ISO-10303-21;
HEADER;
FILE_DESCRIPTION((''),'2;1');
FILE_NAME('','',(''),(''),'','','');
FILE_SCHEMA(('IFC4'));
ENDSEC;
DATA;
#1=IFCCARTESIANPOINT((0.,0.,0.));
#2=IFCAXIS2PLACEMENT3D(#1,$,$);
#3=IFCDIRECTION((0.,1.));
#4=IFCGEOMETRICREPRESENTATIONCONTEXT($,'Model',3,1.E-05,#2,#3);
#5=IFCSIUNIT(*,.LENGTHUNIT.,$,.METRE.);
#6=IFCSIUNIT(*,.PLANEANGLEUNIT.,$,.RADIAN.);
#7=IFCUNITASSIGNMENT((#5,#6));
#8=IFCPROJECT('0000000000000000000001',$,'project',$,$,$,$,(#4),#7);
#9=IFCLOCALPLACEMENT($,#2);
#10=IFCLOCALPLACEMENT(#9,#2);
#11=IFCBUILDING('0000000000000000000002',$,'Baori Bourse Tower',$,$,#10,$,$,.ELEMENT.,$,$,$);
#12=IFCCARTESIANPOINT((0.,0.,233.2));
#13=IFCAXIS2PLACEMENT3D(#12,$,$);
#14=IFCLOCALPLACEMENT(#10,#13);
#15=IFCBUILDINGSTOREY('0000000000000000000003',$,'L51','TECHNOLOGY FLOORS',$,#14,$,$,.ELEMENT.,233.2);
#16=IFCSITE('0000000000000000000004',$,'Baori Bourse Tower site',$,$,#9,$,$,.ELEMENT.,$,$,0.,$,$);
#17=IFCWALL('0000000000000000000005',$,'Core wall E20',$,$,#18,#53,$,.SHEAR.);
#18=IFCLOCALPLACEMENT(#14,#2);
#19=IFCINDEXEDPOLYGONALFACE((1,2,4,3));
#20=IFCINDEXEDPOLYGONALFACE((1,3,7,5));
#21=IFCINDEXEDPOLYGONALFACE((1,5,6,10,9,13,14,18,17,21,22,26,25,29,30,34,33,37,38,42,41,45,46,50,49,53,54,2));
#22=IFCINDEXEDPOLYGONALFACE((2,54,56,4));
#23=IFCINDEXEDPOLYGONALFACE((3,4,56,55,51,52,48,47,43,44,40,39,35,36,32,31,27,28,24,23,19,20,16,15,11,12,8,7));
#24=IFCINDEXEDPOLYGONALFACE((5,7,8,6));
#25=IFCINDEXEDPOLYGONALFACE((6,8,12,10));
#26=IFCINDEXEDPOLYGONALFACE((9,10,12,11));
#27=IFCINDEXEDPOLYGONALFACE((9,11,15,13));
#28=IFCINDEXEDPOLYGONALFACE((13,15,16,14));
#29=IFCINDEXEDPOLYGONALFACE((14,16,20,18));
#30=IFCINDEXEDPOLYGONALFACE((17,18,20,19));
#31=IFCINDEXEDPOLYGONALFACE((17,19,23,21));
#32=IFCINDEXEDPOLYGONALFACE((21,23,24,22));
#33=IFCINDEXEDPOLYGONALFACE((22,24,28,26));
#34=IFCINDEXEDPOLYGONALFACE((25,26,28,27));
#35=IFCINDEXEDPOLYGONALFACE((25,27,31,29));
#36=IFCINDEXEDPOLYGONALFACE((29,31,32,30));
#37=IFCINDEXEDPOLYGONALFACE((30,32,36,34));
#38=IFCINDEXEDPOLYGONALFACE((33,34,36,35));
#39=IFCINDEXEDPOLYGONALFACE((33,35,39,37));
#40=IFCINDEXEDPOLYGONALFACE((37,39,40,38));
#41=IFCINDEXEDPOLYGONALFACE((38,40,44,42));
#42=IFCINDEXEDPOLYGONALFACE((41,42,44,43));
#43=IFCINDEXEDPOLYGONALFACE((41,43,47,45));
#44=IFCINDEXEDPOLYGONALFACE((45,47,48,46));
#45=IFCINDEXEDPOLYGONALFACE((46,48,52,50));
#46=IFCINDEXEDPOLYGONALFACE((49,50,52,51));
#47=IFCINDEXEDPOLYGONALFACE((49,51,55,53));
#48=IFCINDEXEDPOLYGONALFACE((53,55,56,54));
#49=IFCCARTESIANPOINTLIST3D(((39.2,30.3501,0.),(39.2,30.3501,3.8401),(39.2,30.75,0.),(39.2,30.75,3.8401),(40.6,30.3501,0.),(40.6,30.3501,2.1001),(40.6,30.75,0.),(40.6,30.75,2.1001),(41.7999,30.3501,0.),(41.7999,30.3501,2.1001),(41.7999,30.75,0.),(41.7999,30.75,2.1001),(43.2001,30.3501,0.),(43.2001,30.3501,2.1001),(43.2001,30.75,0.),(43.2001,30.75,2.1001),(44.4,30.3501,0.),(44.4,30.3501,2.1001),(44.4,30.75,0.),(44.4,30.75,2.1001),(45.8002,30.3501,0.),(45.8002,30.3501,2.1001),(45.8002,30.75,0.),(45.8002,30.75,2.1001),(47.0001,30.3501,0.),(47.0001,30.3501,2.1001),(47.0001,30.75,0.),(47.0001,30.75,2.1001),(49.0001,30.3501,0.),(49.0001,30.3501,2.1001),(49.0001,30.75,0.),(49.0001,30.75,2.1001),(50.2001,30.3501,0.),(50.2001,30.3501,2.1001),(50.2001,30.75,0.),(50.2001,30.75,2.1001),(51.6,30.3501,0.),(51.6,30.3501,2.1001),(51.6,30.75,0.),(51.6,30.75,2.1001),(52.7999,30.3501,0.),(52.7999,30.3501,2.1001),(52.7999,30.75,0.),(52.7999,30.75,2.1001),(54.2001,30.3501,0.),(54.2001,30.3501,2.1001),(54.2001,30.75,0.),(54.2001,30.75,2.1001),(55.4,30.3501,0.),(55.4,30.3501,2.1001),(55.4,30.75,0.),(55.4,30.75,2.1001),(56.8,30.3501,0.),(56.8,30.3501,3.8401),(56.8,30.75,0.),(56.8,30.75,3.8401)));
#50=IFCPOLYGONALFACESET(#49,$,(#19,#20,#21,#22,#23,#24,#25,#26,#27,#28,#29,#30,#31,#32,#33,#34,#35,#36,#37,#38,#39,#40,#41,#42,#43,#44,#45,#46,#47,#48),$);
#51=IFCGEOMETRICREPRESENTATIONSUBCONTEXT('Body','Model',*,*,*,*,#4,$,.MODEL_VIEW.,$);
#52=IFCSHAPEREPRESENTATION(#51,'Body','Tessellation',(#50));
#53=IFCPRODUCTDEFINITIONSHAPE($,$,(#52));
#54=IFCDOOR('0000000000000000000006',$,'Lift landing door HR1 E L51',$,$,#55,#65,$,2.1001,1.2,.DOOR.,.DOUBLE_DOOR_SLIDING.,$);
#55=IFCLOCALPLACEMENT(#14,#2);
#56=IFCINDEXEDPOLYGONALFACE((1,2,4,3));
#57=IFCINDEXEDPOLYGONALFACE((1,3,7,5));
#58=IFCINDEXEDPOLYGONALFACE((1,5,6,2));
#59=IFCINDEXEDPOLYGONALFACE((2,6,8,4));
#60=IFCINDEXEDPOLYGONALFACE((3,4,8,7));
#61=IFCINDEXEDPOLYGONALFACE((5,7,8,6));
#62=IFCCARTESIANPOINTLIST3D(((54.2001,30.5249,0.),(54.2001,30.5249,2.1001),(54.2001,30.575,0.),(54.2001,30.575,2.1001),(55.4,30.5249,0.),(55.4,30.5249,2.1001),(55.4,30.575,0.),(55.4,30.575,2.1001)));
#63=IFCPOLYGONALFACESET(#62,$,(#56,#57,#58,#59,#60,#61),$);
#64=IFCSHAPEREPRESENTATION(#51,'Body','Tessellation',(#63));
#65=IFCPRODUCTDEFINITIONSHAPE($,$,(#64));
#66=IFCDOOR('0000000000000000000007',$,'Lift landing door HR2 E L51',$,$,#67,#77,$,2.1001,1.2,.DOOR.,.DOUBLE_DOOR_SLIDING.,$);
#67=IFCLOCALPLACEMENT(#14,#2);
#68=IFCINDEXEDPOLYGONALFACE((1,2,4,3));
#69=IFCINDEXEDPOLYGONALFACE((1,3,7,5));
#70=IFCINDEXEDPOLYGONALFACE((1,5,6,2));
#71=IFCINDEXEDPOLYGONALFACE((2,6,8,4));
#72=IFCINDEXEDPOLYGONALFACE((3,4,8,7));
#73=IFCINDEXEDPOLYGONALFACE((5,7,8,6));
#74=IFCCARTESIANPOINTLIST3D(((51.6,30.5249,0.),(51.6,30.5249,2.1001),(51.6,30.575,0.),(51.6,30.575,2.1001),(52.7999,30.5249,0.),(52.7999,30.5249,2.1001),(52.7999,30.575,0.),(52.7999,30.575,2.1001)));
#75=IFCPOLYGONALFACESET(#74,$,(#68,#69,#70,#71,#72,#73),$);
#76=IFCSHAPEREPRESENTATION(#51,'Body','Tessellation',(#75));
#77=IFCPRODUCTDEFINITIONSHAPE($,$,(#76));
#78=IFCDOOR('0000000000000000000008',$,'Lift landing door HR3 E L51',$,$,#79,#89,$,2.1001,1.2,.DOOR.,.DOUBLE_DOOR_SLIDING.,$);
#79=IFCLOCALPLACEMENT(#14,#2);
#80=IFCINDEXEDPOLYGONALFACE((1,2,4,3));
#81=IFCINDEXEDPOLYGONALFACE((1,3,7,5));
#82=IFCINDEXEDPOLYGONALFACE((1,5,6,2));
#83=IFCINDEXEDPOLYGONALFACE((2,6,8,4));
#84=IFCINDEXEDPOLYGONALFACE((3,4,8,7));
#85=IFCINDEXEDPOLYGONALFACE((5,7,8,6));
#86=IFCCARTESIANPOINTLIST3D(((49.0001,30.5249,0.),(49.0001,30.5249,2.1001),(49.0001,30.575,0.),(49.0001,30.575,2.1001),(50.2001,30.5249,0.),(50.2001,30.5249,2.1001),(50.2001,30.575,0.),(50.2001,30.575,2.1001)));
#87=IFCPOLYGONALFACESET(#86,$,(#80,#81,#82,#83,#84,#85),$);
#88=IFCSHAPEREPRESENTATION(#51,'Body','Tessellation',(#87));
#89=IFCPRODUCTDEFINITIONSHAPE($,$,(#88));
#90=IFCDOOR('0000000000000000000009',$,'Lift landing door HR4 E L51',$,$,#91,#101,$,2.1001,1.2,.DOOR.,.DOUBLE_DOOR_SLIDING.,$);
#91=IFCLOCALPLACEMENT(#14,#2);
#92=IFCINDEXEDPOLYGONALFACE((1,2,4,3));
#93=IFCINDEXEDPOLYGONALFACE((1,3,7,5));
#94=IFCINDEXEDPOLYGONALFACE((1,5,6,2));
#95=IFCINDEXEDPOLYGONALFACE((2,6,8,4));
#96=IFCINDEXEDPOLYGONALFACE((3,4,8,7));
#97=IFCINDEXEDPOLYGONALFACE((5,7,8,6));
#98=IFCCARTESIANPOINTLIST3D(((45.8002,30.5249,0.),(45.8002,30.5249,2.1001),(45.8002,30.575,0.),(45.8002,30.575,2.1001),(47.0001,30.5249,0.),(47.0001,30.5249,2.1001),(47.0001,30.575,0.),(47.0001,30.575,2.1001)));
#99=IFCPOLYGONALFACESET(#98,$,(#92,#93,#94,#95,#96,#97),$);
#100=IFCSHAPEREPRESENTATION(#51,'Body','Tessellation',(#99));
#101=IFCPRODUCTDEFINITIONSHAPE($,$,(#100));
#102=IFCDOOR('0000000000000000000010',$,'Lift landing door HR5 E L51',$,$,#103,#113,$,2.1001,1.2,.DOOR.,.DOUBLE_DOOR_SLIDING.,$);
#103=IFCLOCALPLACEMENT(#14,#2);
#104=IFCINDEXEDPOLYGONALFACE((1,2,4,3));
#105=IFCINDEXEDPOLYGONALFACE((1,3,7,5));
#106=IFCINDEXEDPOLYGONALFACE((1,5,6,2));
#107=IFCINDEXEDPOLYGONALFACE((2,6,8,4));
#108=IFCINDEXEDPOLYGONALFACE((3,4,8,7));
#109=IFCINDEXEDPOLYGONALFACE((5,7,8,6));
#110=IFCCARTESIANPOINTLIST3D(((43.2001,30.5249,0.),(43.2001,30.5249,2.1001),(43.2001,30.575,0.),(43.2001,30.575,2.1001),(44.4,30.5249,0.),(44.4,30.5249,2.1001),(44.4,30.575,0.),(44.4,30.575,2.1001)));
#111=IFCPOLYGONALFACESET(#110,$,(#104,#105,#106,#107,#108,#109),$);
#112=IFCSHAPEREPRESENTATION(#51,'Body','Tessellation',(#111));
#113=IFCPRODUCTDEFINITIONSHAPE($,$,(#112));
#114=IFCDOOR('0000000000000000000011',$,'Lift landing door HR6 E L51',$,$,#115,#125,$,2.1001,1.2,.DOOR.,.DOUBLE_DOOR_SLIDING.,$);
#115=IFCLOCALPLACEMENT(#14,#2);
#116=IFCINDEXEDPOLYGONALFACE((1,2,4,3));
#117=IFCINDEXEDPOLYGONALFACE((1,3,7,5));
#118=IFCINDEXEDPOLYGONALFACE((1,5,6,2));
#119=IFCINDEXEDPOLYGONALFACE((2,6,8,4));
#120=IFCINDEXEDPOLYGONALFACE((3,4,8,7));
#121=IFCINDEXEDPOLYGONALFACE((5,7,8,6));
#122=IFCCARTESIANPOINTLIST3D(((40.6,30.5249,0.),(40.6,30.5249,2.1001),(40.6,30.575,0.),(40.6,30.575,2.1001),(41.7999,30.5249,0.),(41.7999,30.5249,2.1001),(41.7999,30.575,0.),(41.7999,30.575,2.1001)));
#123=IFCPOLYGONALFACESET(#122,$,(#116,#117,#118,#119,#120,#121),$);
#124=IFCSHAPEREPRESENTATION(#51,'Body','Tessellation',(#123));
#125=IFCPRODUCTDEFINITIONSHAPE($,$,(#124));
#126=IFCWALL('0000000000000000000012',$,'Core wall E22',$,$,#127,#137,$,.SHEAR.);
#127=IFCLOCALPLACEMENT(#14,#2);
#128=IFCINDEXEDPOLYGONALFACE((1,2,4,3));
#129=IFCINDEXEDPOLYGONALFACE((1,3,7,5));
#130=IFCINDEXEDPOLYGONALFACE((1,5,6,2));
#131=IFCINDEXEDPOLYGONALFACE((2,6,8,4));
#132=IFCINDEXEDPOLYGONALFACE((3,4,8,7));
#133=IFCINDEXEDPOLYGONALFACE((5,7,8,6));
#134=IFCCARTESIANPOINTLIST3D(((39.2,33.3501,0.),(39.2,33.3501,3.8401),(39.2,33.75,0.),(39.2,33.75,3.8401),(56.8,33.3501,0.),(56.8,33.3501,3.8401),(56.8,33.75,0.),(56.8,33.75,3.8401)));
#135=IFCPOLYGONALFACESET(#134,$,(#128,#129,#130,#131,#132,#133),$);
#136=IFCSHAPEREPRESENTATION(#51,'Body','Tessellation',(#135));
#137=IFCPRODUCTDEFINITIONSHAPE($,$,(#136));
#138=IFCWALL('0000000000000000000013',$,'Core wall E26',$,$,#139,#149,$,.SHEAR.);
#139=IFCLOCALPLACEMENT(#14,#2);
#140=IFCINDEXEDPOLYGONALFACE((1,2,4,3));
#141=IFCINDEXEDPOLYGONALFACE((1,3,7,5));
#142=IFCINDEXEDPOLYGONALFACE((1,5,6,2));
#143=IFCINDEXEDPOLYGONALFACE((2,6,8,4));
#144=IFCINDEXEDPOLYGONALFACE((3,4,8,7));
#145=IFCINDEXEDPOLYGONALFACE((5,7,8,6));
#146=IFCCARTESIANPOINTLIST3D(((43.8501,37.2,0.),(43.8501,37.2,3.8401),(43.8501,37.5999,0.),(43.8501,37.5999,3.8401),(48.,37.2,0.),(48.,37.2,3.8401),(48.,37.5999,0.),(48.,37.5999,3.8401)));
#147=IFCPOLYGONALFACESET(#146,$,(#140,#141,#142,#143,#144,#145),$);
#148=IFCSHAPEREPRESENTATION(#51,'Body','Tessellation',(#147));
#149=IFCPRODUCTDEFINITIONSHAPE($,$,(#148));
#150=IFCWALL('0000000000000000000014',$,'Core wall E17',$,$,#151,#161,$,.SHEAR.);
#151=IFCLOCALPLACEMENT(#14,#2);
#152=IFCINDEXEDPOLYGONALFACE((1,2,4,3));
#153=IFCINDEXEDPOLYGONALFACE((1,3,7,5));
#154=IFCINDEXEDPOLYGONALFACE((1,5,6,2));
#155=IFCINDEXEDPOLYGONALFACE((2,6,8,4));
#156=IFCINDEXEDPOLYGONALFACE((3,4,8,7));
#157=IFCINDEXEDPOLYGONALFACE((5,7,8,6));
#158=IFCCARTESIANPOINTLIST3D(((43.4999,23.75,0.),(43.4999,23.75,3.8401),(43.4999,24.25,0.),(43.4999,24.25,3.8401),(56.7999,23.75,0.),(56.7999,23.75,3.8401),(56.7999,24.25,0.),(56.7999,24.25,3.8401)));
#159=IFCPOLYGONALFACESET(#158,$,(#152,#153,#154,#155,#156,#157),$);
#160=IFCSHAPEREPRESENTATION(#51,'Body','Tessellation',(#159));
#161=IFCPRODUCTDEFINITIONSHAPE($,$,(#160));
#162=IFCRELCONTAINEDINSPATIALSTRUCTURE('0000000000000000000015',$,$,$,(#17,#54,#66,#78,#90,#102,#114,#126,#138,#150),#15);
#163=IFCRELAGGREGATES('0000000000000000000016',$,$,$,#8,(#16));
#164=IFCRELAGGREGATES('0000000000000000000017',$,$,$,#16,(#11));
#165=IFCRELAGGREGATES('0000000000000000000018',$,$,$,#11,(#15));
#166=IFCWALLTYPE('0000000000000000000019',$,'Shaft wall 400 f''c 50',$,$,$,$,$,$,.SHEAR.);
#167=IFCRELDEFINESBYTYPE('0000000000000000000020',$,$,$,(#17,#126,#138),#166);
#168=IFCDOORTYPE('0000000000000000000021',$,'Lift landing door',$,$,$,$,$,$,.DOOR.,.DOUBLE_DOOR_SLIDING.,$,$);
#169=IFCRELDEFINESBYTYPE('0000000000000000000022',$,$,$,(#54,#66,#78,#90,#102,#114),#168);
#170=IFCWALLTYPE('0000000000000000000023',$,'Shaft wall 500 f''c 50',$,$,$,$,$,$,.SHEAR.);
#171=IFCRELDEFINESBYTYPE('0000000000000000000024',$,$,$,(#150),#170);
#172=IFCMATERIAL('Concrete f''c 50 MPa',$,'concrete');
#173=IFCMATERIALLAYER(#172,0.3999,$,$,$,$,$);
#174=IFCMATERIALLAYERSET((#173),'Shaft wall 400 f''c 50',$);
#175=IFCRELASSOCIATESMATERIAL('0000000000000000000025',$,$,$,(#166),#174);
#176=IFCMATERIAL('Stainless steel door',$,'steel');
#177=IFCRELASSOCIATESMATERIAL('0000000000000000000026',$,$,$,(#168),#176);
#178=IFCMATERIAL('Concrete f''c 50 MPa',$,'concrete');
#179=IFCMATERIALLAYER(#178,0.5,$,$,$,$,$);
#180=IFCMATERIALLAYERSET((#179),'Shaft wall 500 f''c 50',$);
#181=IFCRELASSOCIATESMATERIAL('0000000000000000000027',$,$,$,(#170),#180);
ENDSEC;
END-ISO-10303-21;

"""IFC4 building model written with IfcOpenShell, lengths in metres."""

from ifc_helpers import new_model, si_unit, direction, frame, frame_2d, origin, place, context, subcontext, project, spatial, rectangle, extrude, material, layer, layer_set, type_object, element, fill, save


model = new_model("IFC4")

# Units and contexts
model_context = context("Model", 3, precision=1e-05, world=origin(), true_north=direction((0.0, 1.0)))
body_context = subcontext(model_context, "Body", "Model", "MODEL_VIEW")
ifc_project = project(units=[si_unit("LENGTHUNIT", "METRE"), si_unit("PLANEANGLEUNIT", "RADIAN")], contexts=[model_context])

# Site, building, storey
site_placement = place(None, origin())
site = spatial("IfcSite", under=ifc_project, at=site_placement, Name="Baori Bourse Tower site", CompositionType="ELEMENT", RefElevation=0.0)
building_placement = place(site_placement, origin())
building = spatial("IfcBuilding", under=site, at=building_placement, Name="Baori Bourse Tower", CompositionType="ELEMENT")
storey_placement = place(building_placement, frame((0.0, 0.0, 233.2)))
storey = spatial("IfcBuildingStorey", under=building, at=storey_placement, Name="L51", Description="TECHNOLOGY FLOORS", CompositionType="ELEMENT", Elevation=233.2)

# Wall, openings, doors
ifc_material_1 = material(Name="Concrete f'c 50 MPa", Category="concrete")
ifc_layer_1 = layer(ifc_material_1, 0.3999)
ifc_layer_set_1 = layer_set([ifc_layer_1], Name="Shaft wall 400 f'c 50")
wall_type_1 = type_object("IfcWallType", Name="Shaft wall 400 f'c 50", PredefinedType="SHEAR", material=ifc_layer_set_1)
ifc_material_2 = material(Name="Stainless steel door", Category="steel")
door_type_1 = type_object("IfcDoorType", Name="Lift landing door", OperationType="DOUBLE_DOOR_SLIDING", PredefinedType="DOOR", material=ifc_material_2)
wall_1_placement = place(storey_placement, frame((39.2, 30.55, 0.0), z_axis=(0.0, 0.0, 1.0), x_axis=(1.0, 0.0, 0.0)))
wall_1 = element("IfcWall", 1, at=wall_1_placement, inside=storey, type_object=wall_type_1, Name="Core wall E20", PredefinedType="SHEAR", context=body_context, shape_type="SweptSolid", body=[
    extrude(rectangle(XDim=17.6001, YDim=0.3999, at=frame_2d((8.8, 0.0))), origin(), (0.0, 0.0, 1.0), 3.8401),
])
opening_1_placement = place(wall_1_placement, frame((15.0, 0.0, 0.0)))
opening_1 = element("IfcOpeningElement", 2, at=opening_1_placement, cuts=wall_1, PredefinedType="OPENING", context=body_context, shape_type="SweptSolid", body=[
    extrude(rectangle(XDim=1.2, YDim=2.1001, at=frame_2d((0.6001, 1.05))), frame((0.0, 0.21, 0.0), z_axis=(0.0, -1.0, 0.0), x_axis=(1.0, 0.0, 0.0)), (0.0, 0.0, 1.0), 0.4199),
])
opening_2_placement = place(wall_1_placement, frame((12.3999, 0.0, 0.0)))
opening_2 = element("IfcOpeningElement", 3, at=opening_2_placement, cuts=wall_1, PredefinedType="OPENING", context=body_context, shape_type="SweptSolid", body=[
    extrude(rectangle(XDim=1.2, YDim=2.1001, at=frame_2d((0.6001, 1.05))), frame((0.0, 0.21, 0.0), z_axis=(0.0, -1.0, 0.0), x_axis=(1.0, 0.0, 0.0)), (0.0, 0.0, 1.0), 0.4199),
])
opening_3_placement = place(wall_1_placement, frame((9.8, 0.0, 0.0)))
opening_3 = element("IfcOpeningElement", 4, at=opening_3_placement, cuts=wall_1, PredefinedType="OPENING", context=body_context, shape_type="SweptSolid", body=[
    extrude(rectangle(XDim=1.2, YDim=2.1001, at=frame_2d((0.6001, 1.05))), frame((0.0, 0.21, 0.0), z_axis=(0.0, -1.0, 0.0), x_axis=(1.0, 0.0, 0.0)), (0.0, 0.0, 1.0), 0.4199),
])
opening_4_placement = place(wall_1_placement, frame((6.6001, 0.0, 0.0)))
opening_4 = element("IfcOpeningElement", 5, at=opening_4_placement, cuts=wall_1, PredefinedType="OPENING", context=body_context, shape_type="SweptSolid", body=[
    extrude(rectangle(XDim=1.2, YDim=2.1001, at=frame_2d((0.6001, 1.05))), frame((0.0, 0.21, 0.0), z_axis=(0.0, -1.0, 0.0), x_axis=(1.0, 0.0, 0.0)), (0.0, 0.0, 1.0), 0.4199),
])
opening_5_placement = place(wall_1_placement, frame((4.0, 0.0, 0.0)))
opening_5 = element("IfcOpeningElement", 6, at=opening_5_placement, cuts=wall_1, PredefinedType="OPENING", context=body_context, shape_type="SweptSolid", body=[
    extrude(rectangle(XDim=1.2, YDim=2.1001, at=frame_2d((0.6001, 1.05))), frame((0.0, 0.21, 0.0), z_axis=(0.0, -1.0, 0.0), x_axis=(1.0, 0.0, 0.0)), (0.0, 0.0, 1.0), 0.4199),
])
opening_6_placement = place(wall_1_placement, frame((1.3999, 0.0, 0.0)))
opening_6 = element("IfcOpeningElement", 7, at=opening_6_placement, cuts=wall_1, PredefinedType="OPENING", context=body_context, shape_type="SweptSolid", body=[
    extrude(rectangle(XDim=1.2, YDim=2.1001, at=frame_2d((0.6001, 1.05))), frame((0.0, 0.21, 0.0), z_axis=(0.0, -1.0, 0.0), x_axis=(1.0, 0.0, 0.0)), (0.0, 0.0, 1.0), 0.4199),
])
door_1_placement = place(opening_1_placement, origin())
door_1 = element("IfcDoor", 8, at=door_1_placement, inside=storey, type_object=door_type_1, Name="Lift landing door HR1 E L51", OperationType="DOUBLE_DOOR_SLIDING", OverallHeight=2.1001, OverallWidth=1.2, PredefinedType="DOOR", context=body_context, shape_type="SweptSolid", body=[
    extrude(rectangle(XDim=1.2, YDim=2.1001, at=frame_2d((0.6001, 1.05))), frame((0.0, 0.0249, 0.0), z_axis=(0.0, -1.0, 0.0), x_axis=(1.0, 0.0, 0.0)), (0.0, 0.0, 1.0), 0.05),
])
fill(opening_1, door_1)
door_2_placement = place(opening_2_placement, origin())
door_2 = element("IfcDoor", 9, at=door_2_placement, inside=storey, type_object=door_type_1, Name="Lift landing door HR2 E L51", OperationType="DOUBLE_DOOR_SLIDING", OverallHeight=2.1001, OverallWidth=1.2, PredefinedType="DOOR", context=body_context, shape_type="SweptSolid", body=[
    extrude(rectangle(XDim=1.2, YDim=2.1001, at=frame_2d((0.6001, 1.05))), frame((0.0, 0.0249, 0.0), z_axis=(0.0, -1.0, 0.0), x_axis=(1.0, 0.0, 0.0)), (0.0, 0.0, 1.0), 0.05),
])
fill(opening_2, door_2)
door_3_placement = place(opening_3_placement, origin())
door_3 = element("IfcDoor", 10, at=door_3_placement, inside=storey, type_object=door_type_1, Name="Lift landing door HR3 E L51", OperationType="DOUBLE_DOOR_SLIDING", OverallHeight=2.1001, OverallWidth=1.2, PredefinedType="DOOR", context=body_context, shape_type="SweptSolid", body=[
    extrude(rectangle(XDim=1.2, YDim=2.1001, at=frame_2d((0.6001, 1.05))), frame((0.0, 0.0249, 0.0), z_axis=(0.0, -1.0, 0.0), x_axis=(1.0, 0.0, 0.0)), (0.0, 0.0, 1.0), 0.05),
])
fill(opening_3, door_3)
door_4_placement = place(opening_4_placement, origin())
door_4 = element("IfcDoor", 11, at=door_4_placement, inside=storey, type_object=door_type_1, Name="Lift landing door HR4 E L51", OperationType="DOUBLE_DOOR_SLIDING", OverallHeight=2.1001, OverallWidth=1.2, PredefinedType="DOOR", context=body_context, shape_type="SweptSolid", body=[
    extrude(rectangle(XDim=1.2, YDim=2.1001, at=frame_2d((0.6001, 1.05))), frame((0.0, 0.0249, 0.0), z_axis=(0.0, -1.0, 0.0), x_axis=(1.0, 0.0, 0.0)), (0.0, 0.0, 1.0), 0.05),
])
fill(opening_4, door_4)
door_5_placement = place(opening_5_placement, origin())
door_5 = element("IfcDoor", 12, at=door_5_placement, inside=storey, type_object=door_type_1, Name="Lift landing door HR5 E L51", OperationType="DOUBLE_DOOR_SLIDING", OverallHeight=2.1001, OverallWidth=1.2, PredefinedType="DOOR", context=body_context, shape_type="SweptSolid", body=[
    extrude(rectangle(XDim=1.2, YDim=2.1001, at=frame_2d((0.6001, 1.05))), frame((0.0, 0.0249, 0.0), z_axis=(0.0, -1.0, 0.0), x_axis=(1.0, 0.0, 0.0)), (0.0, 0.0, 1.0), 0.05),
])
fill(opening_5, door_5)
door_6_placement = place(opening_6_placement, origin())
door_6 = element("IfcDoor", 13, at=door_6_placement, inside=storey, type_object=door_type_1, Name="Lift landing door HR6 E L51", OperationType="DOUBLE_DOOR_SLIDING", OverallHeight=2.1001, OverallWidth=1.2, PredefinedType="DOOR", context=body_context, shape_type="SweptSolid", body=[
    extrude(rectangle(XDim=1.2, YDim=2.1001, at=frame_2d((0.6001, 1.05))), frame((0.0, 0.0249, 0.0), z_axis=(0.0, -1.0, 0.0), x_axis=(1.0, 0.0, 0.0)), (0.0, 0.0, 1.0), 0.05),
])
fill(opening_6, door_6)

# Walls
wall_2_placement = place(storey_placement, frame((39.2, 33.55, 0.0), z_axis=(0.0, 0.0, 1.0), x_axis=(1.0, 0.0, 0.0)))
element("IfcWall", 14, at=wall_2_placement, inside=storey, type_object=wall_type_1, Name="Core wall E22", PredefinedType="SHEAR", context=body_context, shape_type="SweptSolid", body=[
    extrude(rectangle(XDim=17.6001, YDim=0.3999, at=frame_2d((8.8, 0.0))), origin(), (0.0, 0.0, 1.0), 3.8401),
])
wall_3_placement = place(storey_placement, frame((43.8501, 37.3999, 0.0), z_axis=(0.0, 0.0, 1.0), x_axis=(1.0, 0.0, 0.0)))
element("IfcWall", 15, at=wall_3_placement, inside=storey, type_object=wall_type_1, Name="Core wall E26", PredefinedType="SHEAR", context=body_context, shape_type="SweptSolid", body=[
    extrude(rectangle(XDim=4.1499, YDim=0.3999, at=frame_2d((2.075, 0.0))), origin(), (0.0, 0.0, 1.0), 3.8401),
])
ifc_material_3 = material(Name="Concrete f'c 50 MPa", Category="concrete")
ifc_layer_2 = layer(ifc_material_3, 0.5)
ifc_layer_set_2 = layer_set([ifc_layer_2], Name="Shaft wall 500 f'c 50")
wall_type_2 = type_object("IfcWallType", Name="Shaft wall 500 f'c 50", PredefinedType="SHEAR", material=ifc_layer_set_2)
wall_4_placement = place(storey_placement, frame((43.5, 24.0, 0.0), z_axis=(0.0, 0.0, 1.0), x_axis=(1.0, 0.0, 0.0)))
element("IfcWall", 16, at=wall_4_placement, inside=storey, type_object=wall_type_2, Name="Core wall E17", PredefinedType="SHEAR", context=body_context, shape_type="SweptSolid", body=[
    extrude(rectangle(XDim=13.3, YDim=0.5, at=frame_2d((6.6499, 0.0))), origin(), (0.0, 0.0, 1.0), 3.8401),
])

save(model, "model.ifc")
